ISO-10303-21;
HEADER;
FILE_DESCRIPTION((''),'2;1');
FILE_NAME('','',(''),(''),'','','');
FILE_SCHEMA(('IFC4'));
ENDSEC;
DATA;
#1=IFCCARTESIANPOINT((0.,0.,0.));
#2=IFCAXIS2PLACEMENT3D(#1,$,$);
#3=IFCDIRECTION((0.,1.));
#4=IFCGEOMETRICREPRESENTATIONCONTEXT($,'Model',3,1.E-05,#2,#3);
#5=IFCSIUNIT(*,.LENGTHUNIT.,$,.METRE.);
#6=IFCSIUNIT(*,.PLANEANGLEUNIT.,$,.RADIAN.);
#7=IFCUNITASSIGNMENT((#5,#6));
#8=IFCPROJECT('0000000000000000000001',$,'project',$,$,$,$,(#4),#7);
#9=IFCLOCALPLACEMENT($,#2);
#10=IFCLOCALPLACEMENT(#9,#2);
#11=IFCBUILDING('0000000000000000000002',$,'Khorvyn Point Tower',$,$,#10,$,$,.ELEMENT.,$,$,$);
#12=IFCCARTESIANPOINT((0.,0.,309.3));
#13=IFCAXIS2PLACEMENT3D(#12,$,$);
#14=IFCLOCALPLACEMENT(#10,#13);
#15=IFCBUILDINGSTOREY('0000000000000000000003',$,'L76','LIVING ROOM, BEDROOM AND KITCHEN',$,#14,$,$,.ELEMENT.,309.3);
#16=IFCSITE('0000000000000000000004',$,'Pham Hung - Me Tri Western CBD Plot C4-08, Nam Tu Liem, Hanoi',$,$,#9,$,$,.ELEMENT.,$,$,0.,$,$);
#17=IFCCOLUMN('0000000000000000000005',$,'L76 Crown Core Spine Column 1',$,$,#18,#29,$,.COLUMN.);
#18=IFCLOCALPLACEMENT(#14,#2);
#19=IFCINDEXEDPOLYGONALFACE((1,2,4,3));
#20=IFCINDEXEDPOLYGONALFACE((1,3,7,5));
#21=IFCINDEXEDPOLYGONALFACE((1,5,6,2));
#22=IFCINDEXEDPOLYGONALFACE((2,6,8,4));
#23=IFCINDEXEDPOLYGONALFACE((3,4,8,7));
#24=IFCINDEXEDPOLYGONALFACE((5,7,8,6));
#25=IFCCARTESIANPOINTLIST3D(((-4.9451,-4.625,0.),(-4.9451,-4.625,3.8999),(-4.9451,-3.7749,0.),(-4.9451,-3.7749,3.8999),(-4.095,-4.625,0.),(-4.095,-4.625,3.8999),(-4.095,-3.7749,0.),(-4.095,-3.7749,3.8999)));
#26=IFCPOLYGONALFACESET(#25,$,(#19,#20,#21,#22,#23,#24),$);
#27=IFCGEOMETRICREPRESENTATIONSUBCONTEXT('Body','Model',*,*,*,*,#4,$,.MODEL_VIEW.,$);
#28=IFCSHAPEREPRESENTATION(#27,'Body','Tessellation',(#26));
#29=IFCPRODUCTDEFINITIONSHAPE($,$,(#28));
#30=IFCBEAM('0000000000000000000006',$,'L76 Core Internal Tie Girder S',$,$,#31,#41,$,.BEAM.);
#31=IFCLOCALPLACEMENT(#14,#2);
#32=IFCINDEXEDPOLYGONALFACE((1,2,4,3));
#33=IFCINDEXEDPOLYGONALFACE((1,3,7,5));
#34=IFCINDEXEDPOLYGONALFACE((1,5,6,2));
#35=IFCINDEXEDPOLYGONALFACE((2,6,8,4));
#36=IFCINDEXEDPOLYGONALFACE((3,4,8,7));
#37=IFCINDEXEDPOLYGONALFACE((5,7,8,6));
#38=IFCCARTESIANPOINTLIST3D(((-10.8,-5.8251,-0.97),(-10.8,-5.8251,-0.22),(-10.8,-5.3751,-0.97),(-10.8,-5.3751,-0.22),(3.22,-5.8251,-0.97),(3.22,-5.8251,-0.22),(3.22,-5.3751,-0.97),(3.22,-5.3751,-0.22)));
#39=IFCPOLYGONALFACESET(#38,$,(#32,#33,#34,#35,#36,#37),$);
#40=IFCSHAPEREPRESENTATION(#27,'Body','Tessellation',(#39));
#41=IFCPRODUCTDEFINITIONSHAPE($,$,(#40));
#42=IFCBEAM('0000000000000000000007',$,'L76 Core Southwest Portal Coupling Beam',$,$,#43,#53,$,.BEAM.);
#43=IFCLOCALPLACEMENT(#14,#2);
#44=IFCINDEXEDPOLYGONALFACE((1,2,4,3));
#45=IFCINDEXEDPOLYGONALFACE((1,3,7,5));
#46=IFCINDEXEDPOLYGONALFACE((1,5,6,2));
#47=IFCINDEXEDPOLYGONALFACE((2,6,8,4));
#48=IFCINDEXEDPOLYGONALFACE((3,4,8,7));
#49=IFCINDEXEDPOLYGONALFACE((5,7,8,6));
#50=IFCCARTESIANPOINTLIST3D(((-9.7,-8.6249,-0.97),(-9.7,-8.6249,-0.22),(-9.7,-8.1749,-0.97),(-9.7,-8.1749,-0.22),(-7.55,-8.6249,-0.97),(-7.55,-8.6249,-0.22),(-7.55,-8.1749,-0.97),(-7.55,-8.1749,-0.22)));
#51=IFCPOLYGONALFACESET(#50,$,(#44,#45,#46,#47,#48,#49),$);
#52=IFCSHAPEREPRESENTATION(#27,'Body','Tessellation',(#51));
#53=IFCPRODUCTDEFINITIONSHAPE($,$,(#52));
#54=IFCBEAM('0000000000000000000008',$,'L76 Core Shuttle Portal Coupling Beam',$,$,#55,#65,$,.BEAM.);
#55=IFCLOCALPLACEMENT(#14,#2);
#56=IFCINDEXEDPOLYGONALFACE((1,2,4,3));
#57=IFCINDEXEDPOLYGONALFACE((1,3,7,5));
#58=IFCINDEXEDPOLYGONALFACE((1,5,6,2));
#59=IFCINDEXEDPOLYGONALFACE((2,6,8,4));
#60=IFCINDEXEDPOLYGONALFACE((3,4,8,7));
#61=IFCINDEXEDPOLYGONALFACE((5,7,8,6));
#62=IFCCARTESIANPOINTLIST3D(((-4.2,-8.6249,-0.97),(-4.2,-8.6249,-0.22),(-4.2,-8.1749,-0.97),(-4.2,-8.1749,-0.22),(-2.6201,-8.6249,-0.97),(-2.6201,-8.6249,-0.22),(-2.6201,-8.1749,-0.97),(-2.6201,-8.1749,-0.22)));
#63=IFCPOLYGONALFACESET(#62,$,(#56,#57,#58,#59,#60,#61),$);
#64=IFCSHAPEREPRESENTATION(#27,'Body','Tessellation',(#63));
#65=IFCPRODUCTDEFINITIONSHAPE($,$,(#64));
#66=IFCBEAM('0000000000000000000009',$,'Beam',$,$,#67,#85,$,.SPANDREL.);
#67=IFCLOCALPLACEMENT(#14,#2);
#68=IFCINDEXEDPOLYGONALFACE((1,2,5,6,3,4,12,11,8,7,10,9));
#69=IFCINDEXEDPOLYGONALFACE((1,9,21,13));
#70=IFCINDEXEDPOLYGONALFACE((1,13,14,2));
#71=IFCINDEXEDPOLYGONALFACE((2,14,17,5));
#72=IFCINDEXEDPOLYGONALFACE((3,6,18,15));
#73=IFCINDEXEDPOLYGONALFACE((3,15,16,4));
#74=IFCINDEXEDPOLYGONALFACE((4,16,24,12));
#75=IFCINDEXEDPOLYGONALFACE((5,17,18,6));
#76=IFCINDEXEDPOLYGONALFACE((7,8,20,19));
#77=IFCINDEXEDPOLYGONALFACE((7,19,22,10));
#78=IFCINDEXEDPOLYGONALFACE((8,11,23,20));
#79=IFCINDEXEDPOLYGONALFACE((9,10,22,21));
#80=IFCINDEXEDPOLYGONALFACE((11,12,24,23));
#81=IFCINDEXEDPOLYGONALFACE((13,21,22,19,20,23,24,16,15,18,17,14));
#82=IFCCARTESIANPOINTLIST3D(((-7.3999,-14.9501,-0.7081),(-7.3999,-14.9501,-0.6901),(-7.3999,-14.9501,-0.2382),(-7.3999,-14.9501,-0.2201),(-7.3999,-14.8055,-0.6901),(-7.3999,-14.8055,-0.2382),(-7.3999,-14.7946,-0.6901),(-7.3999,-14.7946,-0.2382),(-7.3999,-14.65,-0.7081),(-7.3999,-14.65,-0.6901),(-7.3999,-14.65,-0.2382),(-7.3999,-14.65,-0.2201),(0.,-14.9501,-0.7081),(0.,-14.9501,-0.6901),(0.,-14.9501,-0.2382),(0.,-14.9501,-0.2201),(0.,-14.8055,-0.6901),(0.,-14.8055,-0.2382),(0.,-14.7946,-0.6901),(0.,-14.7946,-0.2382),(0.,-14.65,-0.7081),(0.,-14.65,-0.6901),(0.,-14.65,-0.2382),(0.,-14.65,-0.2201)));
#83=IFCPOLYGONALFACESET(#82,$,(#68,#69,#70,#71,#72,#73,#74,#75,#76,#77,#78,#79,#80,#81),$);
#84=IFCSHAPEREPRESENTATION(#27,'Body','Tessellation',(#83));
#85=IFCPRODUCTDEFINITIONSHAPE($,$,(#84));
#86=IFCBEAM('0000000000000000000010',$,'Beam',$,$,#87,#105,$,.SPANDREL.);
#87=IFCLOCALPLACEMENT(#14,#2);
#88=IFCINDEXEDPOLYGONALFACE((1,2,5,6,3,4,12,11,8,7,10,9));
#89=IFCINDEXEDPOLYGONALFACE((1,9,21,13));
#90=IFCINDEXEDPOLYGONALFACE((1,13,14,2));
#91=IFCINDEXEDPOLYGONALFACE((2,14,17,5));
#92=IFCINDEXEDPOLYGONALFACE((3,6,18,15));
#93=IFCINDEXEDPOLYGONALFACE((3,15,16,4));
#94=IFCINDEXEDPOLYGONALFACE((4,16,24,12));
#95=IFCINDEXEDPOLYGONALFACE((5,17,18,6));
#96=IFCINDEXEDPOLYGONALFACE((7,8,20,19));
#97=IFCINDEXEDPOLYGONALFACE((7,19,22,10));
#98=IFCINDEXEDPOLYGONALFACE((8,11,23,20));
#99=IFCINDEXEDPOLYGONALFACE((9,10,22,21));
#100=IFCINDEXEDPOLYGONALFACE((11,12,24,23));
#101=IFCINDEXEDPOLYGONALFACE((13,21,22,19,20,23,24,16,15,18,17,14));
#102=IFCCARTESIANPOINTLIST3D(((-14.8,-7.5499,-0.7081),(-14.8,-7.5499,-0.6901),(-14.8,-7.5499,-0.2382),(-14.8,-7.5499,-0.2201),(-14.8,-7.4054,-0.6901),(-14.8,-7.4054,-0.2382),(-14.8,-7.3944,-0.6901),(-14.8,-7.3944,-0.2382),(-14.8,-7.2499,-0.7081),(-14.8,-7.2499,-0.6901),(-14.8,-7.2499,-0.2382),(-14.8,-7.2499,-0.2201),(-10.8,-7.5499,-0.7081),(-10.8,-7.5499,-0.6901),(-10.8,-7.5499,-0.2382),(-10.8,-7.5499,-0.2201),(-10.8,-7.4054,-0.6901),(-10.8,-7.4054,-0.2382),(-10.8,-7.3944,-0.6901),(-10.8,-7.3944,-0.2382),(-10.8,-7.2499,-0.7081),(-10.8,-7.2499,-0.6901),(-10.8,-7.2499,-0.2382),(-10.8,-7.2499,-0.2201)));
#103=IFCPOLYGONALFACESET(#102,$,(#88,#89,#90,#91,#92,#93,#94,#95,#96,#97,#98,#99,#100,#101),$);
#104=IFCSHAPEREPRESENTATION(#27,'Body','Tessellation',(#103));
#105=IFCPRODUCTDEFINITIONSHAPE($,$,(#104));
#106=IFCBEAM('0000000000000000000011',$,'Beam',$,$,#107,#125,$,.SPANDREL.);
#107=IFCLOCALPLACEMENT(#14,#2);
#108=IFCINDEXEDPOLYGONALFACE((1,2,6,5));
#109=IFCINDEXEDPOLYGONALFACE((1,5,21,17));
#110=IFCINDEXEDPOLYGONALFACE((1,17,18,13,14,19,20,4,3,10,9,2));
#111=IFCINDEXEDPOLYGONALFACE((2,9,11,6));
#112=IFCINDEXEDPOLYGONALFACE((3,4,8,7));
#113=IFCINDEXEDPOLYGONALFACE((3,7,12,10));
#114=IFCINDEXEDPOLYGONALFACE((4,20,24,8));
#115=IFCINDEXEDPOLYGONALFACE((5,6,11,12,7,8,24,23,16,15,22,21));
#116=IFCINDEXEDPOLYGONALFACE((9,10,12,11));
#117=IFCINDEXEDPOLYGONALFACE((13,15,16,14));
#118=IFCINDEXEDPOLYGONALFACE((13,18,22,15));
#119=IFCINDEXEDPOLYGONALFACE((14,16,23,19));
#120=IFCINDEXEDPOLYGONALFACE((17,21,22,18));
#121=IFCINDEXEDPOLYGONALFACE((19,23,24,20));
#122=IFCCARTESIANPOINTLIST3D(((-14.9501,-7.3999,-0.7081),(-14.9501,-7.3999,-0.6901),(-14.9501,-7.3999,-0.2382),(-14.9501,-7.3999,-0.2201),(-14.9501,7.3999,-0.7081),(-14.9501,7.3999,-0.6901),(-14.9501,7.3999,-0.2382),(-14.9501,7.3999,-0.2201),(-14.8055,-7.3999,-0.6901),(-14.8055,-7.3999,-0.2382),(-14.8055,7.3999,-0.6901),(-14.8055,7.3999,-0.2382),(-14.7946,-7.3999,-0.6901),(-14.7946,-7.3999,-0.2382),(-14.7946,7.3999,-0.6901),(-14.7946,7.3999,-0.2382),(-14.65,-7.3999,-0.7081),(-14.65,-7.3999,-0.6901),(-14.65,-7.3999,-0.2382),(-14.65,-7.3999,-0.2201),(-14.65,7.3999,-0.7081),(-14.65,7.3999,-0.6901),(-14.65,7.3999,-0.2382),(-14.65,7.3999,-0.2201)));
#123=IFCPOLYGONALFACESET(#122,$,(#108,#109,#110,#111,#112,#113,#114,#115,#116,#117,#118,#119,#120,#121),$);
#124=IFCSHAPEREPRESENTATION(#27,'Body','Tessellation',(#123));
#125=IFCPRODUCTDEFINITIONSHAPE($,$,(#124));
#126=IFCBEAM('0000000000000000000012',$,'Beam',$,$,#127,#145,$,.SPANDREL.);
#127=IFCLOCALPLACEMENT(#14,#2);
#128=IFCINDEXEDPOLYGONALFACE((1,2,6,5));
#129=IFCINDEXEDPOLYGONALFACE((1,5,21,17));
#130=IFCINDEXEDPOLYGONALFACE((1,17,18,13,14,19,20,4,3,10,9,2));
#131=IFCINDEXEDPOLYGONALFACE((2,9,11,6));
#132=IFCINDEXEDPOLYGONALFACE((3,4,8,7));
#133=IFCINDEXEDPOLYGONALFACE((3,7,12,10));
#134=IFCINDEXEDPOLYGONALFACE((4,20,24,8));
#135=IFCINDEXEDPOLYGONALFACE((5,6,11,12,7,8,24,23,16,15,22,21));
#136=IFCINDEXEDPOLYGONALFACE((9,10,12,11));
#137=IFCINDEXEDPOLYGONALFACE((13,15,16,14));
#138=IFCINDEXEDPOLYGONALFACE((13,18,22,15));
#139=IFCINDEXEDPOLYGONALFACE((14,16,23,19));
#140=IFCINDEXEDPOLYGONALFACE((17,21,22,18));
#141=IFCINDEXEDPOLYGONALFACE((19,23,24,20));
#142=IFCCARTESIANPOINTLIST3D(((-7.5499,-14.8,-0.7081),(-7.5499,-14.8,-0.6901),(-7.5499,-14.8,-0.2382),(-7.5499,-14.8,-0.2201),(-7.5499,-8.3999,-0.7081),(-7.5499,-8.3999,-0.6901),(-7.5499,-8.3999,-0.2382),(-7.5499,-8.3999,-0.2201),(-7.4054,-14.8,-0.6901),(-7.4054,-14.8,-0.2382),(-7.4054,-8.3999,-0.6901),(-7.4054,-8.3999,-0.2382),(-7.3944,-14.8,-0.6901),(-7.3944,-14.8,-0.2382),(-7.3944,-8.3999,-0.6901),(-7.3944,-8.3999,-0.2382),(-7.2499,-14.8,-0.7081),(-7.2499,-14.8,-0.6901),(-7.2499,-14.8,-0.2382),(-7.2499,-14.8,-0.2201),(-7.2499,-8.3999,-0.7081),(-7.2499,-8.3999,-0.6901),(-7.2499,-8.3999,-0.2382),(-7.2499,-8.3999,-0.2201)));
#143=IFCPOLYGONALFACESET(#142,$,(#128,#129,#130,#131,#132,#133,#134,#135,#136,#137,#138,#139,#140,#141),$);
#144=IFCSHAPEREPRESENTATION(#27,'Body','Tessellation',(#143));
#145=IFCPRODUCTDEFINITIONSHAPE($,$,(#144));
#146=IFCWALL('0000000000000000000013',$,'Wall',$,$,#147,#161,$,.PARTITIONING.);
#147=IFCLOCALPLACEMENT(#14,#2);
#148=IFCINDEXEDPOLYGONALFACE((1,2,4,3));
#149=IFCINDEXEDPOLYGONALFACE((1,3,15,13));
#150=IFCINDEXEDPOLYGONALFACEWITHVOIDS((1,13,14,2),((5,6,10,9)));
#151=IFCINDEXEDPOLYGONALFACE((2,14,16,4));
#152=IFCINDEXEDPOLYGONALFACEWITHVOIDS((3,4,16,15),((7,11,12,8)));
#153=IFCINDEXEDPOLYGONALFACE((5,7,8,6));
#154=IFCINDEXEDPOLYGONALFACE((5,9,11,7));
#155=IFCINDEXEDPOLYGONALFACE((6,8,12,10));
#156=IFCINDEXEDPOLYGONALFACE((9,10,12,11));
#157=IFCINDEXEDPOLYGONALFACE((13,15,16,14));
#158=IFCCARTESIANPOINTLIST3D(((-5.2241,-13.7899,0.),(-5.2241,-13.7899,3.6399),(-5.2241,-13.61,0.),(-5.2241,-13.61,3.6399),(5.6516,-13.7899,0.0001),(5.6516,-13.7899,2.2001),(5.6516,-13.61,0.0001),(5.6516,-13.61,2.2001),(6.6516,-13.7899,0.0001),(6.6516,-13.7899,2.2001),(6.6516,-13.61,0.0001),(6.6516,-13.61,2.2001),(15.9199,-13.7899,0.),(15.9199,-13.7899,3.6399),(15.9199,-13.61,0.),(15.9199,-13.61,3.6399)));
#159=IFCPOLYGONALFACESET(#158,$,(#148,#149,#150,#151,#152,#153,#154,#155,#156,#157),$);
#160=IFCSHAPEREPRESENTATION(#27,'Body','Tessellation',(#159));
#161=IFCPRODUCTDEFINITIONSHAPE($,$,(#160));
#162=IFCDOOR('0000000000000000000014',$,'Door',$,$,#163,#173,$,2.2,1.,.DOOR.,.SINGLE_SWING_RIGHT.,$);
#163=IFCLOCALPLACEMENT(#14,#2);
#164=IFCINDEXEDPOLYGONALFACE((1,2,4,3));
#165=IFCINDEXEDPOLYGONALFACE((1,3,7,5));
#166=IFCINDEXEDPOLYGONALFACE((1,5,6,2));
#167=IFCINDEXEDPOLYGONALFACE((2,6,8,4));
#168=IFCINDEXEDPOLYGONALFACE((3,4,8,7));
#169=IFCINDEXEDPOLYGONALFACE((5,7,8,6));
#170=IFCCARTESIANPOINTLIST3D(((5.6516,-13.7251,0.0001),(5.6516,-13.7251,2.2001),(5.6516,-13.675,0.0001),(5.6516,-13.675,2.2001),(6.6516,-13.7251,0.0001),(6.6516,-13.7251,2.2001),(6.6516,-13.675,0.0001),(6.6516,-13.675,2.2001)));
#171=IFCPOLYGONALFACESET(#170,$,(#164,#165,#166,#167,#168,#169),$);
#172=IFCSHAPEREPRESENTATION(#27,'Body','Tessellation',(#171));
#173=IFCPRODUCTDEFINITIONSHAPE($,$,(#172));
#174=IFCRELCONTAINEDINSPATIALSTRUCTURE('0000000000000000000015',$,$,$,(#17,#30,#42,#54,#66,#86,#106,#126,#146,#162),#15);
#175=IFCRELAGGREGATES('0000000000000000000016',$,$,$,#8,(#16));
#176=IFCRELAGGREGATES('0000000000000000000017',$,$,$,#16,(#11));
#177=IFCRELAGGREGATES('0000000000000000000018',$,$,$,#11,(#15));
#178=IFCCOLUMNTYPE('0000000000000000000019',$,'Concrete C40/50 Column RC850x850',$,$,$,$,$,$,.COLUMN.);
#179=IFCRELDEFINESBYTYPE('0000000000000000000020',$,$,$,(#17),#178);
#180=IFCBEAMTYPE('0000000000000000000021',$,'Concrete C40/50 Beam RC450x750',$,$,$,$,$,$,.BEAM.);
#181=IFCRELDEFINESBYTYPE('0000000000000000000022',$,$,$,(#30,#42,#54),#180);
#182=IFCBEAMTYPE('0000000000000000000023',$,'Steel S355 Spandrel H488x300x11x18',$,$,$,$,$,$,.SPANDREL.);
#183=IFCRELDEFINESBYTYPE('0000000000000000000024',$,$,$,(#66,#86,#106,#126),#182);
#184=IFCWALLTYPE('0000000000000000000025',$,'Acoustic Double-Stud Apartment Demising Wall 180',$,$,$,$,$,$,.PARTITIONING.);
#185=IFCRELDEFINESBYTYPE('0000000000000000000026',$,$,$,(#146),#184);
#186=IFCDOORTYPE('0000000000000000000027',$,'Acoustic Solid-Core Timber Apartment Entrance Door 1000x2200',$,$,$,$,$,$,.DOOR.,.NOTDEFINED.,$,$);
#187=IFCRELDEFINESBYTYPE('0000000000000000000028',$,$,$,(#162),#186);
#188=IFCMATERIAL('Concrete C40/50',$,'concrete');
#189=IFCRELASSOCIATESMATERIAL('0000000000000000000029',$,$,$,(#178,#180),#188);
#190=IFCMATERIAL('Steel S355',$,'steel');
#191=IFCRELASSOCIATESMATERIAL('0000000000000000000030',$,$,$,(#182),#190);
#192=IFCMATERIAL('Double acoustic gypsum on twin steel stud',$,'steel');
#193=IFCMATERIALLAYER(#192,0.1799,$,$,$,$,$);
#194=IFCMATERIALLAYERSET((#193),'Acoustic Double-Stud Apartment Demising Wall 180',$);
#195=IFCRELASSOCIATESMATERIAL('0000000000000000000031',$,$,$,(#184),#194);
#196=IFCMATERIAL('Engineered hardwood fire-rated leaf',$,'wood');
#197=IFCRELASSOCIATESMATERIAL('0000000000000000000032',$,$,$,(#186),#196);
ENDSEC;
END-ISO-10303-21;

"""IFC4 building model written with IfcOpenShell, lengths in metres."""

from ifc_helpers import new_model, si_unit, direction, frame, frame_2d, origin, origin_2d, place, context, subcontext, project, spatial, rectangle, i_section, extrude, material, layer, layer_set, material_profile, profile_set, type_object, element, fill, save


model = new_model("IFC4")

# Units and contexts
model_context = context("Model", 3, precision=1e-05, world=origin(), true_north=direction((0.0, 1.0)))
body_context = subcontext(model_context, "Body", "Model", "MODEL_VIEW")
ifc_project = project(units=[si_unit("LENGTHUNIT", "METRE"), si_unit("PLANEANGLEUNIT", "RADIAN")], contexts=[model_context])

# Site, building, storey
site_placement = place(None, origin())
site = spatial("IfcSite", under=ifc_project, at=site_placement, Name="Pham Hung - Me Tri Western CBD Plot C4-08, Nam Tu Liem, Hanoi", CompositionType="ELEMENT", RefElevation=0.0)
building_placement = place(site_placement, origin())
building = spatial("IfcBuilding", under=site, at=building_placement, Name="Khorvyn Point Tower", CompositionType="ELEMENT")
storey_placement = place(building_placement, frame((0.0, 0.0, 309.3)))
storey = spatial("IfcBuildingStorey", under=building, at=storey_placement, Name="L76", Description="LIVING ROOM, BEDROOM AND KITCHEN", CompositionType="ELEMENT", Elevation=309.3)

# Column
ifc_material_1 = material(Name="Concrete C40/50", Category="concrete")
ifc_material_profile_1 = material_profile(ifc_material_1, rectangle(XDim=0.8501, YDim=0.8501, at=origin_2d()))
ifc_profile_set_1 = profile_set([ifc_material_profile_1], Name="Concrete C40/50 RC850x850")
column_type = type_object("IfcColumnType", Name="Concrete C40/50 Column RC850x850", PredefinedType="COLUMN", material=ifc_profile_set_1)
column_placement = place(storey_placement, frame((-4.52, -4.2, 0.0), z_axis=(0.0, 0.0, 1.0), x_axis=(1.0, 0.0, 0.0)))
element("IfcColumn", 1, at=column_placement, inside=storey, type_object=column_type, Name="L76 Crown Core Spine Column 1", PredefinedType="COLUMN", context=body_context, shape_type="SweptSolid", body=[
    extrude(rectangle(XDim=0.8501, YDim=0.8501, at=origin_2d()), origin(), (0.0, 0.0, 1.0), 3.8999),
])

# Beams
ifc_material_profile_2 = material_profile(ifc_material_1, rectangle(XDim=0.45, YDim=0.75, at=origin_2d()))
ifc_profile_set_2 = profile_set([ifc_material_profile_2], Name="Concrete C40/50 RC450x750")
beam_type_1 = type_object("IfcBeamType", Name="Concrete C40/50 Beam RC450x750", PredefinedType="BEAM", material=ifc_profile_set_2)
beam_1_placement = place(storey_placement, frame((-10.8, -5.6001, -0.595), z_axis=(1.0, 0.0, 0.0), x_axis=(0.0, 1.0, 0.0)))
element("IfcBeam", 2, at=beam_1_placement, inside=storey, type_object=beam_type_1, Name="L76 Core Internal Tie Girder S", PredefinedType="BEAM", context=body_context, shape_type="SweptSolid", body=[
    extrude(rectangle(XDim=0.45, YDim=0.75, at=origin_2d()), origin(), (0.0, 0.0, 1.0), 14.02),
])
beam_2_placement = place(storey_placement, frame((-9.7, -8.3999, -0.595), z_axis=(1.0, 0.0, 0.0), x_axis=(0.0, 1.0, 0.0)))
element("IfcBeam", 3, at=beam_2_placement, inside=storey, type_object=beam_type_1, Name="L76 Core Southwest Portal Coupling Beam", PredefinedType="BEAM", context=body_context, shape_type="SweptSolid", body=[
    extrude(rectangle(XDim=0.45, YDim=0.75, at=origin_2d()), origin(), (0.0, 0.0, 1.0), 2.1499),
])
beam_3_placement = place(storey_placement, frame((-4.2, -8.3999, -0.595), z_axis=(1.0, 0.0, 0.0), x_axis=(0.0, 1.0, 0.0)))
element("IfcBeam", 4, at=beam_3_placement, inside=storey, type_object=beam_type_1, Name="L76 Core Shuttle Portal Coupling Beam", PredefinedType="BEAM", context=body_context, shape_type="SweptSolid", body=[
    extrude(rectangle(XDim=0.45, YDim=0.75, at=origin_2d()), origin(), (0.0, 0.0, 1.0), 1.5798),
])
ifc_material_2 = material(Name="Steel S355", Category="steel")
ifc_material_profile_3 = material_profile(ifc_material_2, i_section(OverallWidth=0.3, OverallDepth=0.488, WebThickness=0.011, FlangeThickness=0.0181, at=origin_2d()))
ifc_profile_set_3 = profile_set([ifc_material_profile_3], Name="Steel S355 H488x300x11x18")
beam_type_2 = type_object("IfcBeamType", Name="Steel S355 Spandrel H488x300x11x18", PredefinedType="SPANDREL", material=ifc_profile_set_3)
beam_4_placement = place(storey_placement, frame((-7.3999, -14.8, -0.4641), z_axis=(1.0, 0.0, 0.0), x_axis=(0.0, 1.0, 0.0)))
element("IfcBeam", 5, at=beam_4_placement, inside=storey, type_object=beam_type_2, Name="Beam", PredefinedType="SPANDREL", context=body_context, shape_type="SweptSolid", body=[
    extrude(i_section(OverallWidth=0.3, OverallDepth=0.488, WebThickness=0.011, FlangeThickness=0.0181, at=origin_2d()), origin(), (0.0, 0.0, 1.0), 7.3999),
])
beam_5_placement = place(storey_placement, frame((-14.8, -7.3999, -0.4641), z_axis=(1.0, 0.0, 0.0), x_axis=(0.0, 1.0, 0.0)))
element("IfcBeam", 6, at=beam_5_placement, inside=storey, type_object=beam_type_2, Name="Beam", PredefinedType="SPANDREL", context=body_context, shape_type="SweptSolid", body=[
    extrude(i_section(OverallWidth=0.3, OverallDepth=0.488, WebThickness=0.011, FlangeThickness=0.0181, at=origin_2d()), origin(), (0.0, 0.0, 1.0), 4.0),
])
beam_6_placement = place(storey_placement, frame((-14.8, -7.3999, -0.4641), z_axis=(0.0, 1.0, 0.0), x_axis=(-1.0, 0.0, 0.0)))
element("IfcBeam", 7, at=beam_6_placement, inside=storey, type_object=beam_type_2, Name="Beam", PredefinedType="SPANDREL", context=body_context, shape_type="SweptSolid", body=[
    extrude(i_section(OverallWidth=0.3, OverallDepth=0.488, WebThickness=0.011, FlangeThickness=0.0181, at=origin_2d()), origin(), (0.0, 0.0, 1.0), 14.7998),
])
beam_7_placement = place(storey_placement, frame((-7.3999, -14.8, -0.4641), z_axis=(0.0, 1.0, 0.0), x_axis=(-1.0, 0.0, 0.0)))
element("IfcBeam", 8, at=beam_7_placement, inside=storey, type_object=beam_type_2, Name="Beam", PredefinedType="SPANDREL", context=body_context, shape_type="SweptSolid", body=[
    extrude(i_section(OverallWidth=0.3, OverallDepth=0.488, WebThickness=0.011, FlangeThickness=0.0181, at=origin_2d()), origin(), (0.0, 0.0, 1.0), 6.4001),
])

# Wall, opening, door
ifc_material_3 = material(Name="Double acoustic gypsum on twin steel stud", Category="steel")
ifc_layer_1 = layer(ifc_material_3, 0.1799)
ifc_layer_set_1 = layer_set([ifc_layer_1], Name="Acoustic Double-Stud Apartment Demising Wall 180")
wall_type_1 = type_object("IfcWallType", Name="Acoustic Double-Stud Apartment Demising Wall 180", PredefinedType="PARTITIONING", material=ifc_layer_set_1)
wall_1_placement = place(storey_placement, frame((-5.2241, -13.7, 0.0), z_axis=(0.0, 0.0, 1.0), x_axis=(1.0, 0.0, 0.0)))
wall_1 = element("IfcWall", 9, at=wall_1_placement, inside=storey, type_object=wall_type_1, Name="Wall", PredefinedType="PARTITIONING", context=body_context, shape_type="SweptSolid", body=[
    extrude(rectangle(XDim=21.144, YDim=0.1799, at=frame_2d((10.572, 0.0))), origin(), (0.0, 0.0, 1.0), 3.6399),
])
opening_1_placement = place(wall_1_placement, frame((10.8757, 0.0, 0.0)))
opening_1 = element("IfcOpeningElement", 10, at=opening_1_placement, cuts=wall_1, PredefinedType="OPENING", context=body_context, shape_type="SweptSolid", body=[
    extrude(rectangle(XDim=1.0, YDim=2.2, at=frame_2d((0.5, 1.1001))), frame((0.0, 0.0999, 0.0), z_axis=(0.0, -1.0, 0.0), x_axis=(1.0, 0.0, 0.0)), (0.0, 0.0, 1.0), 0.2),
])
ifc_material_4 = material(Name="Engineered hardwood fire-rated leaf", Category="wood")
door_type_1 = type_object("IfcDoorType", Name="Acoustic Solid-Core Timber Apartment Entrance Door 1000x2200", OperationType="NOTDEFINED", PredefinedType="DOOR", material=ifc_material_4)
door_1_placement = place(opening_1_placement, origin())
door_1 = element("IfcDoor", 11, at=door_1_placement, inside=storey, type_object=door_type_1, Name="Door", OperationType="SINGLE_SWING_RIGHT", OverallHeight=2.2, OverallWidth=1.0, PredefinedType="DOOR", context=body_context, shape_type="SweptSolid", body=[
    extrude(rectangle(XDim=1.0, YDim=2.2, at=frame_2d((0.5, 1.1001))), frame((0.0, 0.0249, 0.0), z_axis=(0.0, -1.0, 0.0), x_axis=(1.0, 0.0, 0.0)), (0.0, 0.0, 1.0), 0.05),
])
fill(opening_1, door_1)

save(model, "model.ifc")
